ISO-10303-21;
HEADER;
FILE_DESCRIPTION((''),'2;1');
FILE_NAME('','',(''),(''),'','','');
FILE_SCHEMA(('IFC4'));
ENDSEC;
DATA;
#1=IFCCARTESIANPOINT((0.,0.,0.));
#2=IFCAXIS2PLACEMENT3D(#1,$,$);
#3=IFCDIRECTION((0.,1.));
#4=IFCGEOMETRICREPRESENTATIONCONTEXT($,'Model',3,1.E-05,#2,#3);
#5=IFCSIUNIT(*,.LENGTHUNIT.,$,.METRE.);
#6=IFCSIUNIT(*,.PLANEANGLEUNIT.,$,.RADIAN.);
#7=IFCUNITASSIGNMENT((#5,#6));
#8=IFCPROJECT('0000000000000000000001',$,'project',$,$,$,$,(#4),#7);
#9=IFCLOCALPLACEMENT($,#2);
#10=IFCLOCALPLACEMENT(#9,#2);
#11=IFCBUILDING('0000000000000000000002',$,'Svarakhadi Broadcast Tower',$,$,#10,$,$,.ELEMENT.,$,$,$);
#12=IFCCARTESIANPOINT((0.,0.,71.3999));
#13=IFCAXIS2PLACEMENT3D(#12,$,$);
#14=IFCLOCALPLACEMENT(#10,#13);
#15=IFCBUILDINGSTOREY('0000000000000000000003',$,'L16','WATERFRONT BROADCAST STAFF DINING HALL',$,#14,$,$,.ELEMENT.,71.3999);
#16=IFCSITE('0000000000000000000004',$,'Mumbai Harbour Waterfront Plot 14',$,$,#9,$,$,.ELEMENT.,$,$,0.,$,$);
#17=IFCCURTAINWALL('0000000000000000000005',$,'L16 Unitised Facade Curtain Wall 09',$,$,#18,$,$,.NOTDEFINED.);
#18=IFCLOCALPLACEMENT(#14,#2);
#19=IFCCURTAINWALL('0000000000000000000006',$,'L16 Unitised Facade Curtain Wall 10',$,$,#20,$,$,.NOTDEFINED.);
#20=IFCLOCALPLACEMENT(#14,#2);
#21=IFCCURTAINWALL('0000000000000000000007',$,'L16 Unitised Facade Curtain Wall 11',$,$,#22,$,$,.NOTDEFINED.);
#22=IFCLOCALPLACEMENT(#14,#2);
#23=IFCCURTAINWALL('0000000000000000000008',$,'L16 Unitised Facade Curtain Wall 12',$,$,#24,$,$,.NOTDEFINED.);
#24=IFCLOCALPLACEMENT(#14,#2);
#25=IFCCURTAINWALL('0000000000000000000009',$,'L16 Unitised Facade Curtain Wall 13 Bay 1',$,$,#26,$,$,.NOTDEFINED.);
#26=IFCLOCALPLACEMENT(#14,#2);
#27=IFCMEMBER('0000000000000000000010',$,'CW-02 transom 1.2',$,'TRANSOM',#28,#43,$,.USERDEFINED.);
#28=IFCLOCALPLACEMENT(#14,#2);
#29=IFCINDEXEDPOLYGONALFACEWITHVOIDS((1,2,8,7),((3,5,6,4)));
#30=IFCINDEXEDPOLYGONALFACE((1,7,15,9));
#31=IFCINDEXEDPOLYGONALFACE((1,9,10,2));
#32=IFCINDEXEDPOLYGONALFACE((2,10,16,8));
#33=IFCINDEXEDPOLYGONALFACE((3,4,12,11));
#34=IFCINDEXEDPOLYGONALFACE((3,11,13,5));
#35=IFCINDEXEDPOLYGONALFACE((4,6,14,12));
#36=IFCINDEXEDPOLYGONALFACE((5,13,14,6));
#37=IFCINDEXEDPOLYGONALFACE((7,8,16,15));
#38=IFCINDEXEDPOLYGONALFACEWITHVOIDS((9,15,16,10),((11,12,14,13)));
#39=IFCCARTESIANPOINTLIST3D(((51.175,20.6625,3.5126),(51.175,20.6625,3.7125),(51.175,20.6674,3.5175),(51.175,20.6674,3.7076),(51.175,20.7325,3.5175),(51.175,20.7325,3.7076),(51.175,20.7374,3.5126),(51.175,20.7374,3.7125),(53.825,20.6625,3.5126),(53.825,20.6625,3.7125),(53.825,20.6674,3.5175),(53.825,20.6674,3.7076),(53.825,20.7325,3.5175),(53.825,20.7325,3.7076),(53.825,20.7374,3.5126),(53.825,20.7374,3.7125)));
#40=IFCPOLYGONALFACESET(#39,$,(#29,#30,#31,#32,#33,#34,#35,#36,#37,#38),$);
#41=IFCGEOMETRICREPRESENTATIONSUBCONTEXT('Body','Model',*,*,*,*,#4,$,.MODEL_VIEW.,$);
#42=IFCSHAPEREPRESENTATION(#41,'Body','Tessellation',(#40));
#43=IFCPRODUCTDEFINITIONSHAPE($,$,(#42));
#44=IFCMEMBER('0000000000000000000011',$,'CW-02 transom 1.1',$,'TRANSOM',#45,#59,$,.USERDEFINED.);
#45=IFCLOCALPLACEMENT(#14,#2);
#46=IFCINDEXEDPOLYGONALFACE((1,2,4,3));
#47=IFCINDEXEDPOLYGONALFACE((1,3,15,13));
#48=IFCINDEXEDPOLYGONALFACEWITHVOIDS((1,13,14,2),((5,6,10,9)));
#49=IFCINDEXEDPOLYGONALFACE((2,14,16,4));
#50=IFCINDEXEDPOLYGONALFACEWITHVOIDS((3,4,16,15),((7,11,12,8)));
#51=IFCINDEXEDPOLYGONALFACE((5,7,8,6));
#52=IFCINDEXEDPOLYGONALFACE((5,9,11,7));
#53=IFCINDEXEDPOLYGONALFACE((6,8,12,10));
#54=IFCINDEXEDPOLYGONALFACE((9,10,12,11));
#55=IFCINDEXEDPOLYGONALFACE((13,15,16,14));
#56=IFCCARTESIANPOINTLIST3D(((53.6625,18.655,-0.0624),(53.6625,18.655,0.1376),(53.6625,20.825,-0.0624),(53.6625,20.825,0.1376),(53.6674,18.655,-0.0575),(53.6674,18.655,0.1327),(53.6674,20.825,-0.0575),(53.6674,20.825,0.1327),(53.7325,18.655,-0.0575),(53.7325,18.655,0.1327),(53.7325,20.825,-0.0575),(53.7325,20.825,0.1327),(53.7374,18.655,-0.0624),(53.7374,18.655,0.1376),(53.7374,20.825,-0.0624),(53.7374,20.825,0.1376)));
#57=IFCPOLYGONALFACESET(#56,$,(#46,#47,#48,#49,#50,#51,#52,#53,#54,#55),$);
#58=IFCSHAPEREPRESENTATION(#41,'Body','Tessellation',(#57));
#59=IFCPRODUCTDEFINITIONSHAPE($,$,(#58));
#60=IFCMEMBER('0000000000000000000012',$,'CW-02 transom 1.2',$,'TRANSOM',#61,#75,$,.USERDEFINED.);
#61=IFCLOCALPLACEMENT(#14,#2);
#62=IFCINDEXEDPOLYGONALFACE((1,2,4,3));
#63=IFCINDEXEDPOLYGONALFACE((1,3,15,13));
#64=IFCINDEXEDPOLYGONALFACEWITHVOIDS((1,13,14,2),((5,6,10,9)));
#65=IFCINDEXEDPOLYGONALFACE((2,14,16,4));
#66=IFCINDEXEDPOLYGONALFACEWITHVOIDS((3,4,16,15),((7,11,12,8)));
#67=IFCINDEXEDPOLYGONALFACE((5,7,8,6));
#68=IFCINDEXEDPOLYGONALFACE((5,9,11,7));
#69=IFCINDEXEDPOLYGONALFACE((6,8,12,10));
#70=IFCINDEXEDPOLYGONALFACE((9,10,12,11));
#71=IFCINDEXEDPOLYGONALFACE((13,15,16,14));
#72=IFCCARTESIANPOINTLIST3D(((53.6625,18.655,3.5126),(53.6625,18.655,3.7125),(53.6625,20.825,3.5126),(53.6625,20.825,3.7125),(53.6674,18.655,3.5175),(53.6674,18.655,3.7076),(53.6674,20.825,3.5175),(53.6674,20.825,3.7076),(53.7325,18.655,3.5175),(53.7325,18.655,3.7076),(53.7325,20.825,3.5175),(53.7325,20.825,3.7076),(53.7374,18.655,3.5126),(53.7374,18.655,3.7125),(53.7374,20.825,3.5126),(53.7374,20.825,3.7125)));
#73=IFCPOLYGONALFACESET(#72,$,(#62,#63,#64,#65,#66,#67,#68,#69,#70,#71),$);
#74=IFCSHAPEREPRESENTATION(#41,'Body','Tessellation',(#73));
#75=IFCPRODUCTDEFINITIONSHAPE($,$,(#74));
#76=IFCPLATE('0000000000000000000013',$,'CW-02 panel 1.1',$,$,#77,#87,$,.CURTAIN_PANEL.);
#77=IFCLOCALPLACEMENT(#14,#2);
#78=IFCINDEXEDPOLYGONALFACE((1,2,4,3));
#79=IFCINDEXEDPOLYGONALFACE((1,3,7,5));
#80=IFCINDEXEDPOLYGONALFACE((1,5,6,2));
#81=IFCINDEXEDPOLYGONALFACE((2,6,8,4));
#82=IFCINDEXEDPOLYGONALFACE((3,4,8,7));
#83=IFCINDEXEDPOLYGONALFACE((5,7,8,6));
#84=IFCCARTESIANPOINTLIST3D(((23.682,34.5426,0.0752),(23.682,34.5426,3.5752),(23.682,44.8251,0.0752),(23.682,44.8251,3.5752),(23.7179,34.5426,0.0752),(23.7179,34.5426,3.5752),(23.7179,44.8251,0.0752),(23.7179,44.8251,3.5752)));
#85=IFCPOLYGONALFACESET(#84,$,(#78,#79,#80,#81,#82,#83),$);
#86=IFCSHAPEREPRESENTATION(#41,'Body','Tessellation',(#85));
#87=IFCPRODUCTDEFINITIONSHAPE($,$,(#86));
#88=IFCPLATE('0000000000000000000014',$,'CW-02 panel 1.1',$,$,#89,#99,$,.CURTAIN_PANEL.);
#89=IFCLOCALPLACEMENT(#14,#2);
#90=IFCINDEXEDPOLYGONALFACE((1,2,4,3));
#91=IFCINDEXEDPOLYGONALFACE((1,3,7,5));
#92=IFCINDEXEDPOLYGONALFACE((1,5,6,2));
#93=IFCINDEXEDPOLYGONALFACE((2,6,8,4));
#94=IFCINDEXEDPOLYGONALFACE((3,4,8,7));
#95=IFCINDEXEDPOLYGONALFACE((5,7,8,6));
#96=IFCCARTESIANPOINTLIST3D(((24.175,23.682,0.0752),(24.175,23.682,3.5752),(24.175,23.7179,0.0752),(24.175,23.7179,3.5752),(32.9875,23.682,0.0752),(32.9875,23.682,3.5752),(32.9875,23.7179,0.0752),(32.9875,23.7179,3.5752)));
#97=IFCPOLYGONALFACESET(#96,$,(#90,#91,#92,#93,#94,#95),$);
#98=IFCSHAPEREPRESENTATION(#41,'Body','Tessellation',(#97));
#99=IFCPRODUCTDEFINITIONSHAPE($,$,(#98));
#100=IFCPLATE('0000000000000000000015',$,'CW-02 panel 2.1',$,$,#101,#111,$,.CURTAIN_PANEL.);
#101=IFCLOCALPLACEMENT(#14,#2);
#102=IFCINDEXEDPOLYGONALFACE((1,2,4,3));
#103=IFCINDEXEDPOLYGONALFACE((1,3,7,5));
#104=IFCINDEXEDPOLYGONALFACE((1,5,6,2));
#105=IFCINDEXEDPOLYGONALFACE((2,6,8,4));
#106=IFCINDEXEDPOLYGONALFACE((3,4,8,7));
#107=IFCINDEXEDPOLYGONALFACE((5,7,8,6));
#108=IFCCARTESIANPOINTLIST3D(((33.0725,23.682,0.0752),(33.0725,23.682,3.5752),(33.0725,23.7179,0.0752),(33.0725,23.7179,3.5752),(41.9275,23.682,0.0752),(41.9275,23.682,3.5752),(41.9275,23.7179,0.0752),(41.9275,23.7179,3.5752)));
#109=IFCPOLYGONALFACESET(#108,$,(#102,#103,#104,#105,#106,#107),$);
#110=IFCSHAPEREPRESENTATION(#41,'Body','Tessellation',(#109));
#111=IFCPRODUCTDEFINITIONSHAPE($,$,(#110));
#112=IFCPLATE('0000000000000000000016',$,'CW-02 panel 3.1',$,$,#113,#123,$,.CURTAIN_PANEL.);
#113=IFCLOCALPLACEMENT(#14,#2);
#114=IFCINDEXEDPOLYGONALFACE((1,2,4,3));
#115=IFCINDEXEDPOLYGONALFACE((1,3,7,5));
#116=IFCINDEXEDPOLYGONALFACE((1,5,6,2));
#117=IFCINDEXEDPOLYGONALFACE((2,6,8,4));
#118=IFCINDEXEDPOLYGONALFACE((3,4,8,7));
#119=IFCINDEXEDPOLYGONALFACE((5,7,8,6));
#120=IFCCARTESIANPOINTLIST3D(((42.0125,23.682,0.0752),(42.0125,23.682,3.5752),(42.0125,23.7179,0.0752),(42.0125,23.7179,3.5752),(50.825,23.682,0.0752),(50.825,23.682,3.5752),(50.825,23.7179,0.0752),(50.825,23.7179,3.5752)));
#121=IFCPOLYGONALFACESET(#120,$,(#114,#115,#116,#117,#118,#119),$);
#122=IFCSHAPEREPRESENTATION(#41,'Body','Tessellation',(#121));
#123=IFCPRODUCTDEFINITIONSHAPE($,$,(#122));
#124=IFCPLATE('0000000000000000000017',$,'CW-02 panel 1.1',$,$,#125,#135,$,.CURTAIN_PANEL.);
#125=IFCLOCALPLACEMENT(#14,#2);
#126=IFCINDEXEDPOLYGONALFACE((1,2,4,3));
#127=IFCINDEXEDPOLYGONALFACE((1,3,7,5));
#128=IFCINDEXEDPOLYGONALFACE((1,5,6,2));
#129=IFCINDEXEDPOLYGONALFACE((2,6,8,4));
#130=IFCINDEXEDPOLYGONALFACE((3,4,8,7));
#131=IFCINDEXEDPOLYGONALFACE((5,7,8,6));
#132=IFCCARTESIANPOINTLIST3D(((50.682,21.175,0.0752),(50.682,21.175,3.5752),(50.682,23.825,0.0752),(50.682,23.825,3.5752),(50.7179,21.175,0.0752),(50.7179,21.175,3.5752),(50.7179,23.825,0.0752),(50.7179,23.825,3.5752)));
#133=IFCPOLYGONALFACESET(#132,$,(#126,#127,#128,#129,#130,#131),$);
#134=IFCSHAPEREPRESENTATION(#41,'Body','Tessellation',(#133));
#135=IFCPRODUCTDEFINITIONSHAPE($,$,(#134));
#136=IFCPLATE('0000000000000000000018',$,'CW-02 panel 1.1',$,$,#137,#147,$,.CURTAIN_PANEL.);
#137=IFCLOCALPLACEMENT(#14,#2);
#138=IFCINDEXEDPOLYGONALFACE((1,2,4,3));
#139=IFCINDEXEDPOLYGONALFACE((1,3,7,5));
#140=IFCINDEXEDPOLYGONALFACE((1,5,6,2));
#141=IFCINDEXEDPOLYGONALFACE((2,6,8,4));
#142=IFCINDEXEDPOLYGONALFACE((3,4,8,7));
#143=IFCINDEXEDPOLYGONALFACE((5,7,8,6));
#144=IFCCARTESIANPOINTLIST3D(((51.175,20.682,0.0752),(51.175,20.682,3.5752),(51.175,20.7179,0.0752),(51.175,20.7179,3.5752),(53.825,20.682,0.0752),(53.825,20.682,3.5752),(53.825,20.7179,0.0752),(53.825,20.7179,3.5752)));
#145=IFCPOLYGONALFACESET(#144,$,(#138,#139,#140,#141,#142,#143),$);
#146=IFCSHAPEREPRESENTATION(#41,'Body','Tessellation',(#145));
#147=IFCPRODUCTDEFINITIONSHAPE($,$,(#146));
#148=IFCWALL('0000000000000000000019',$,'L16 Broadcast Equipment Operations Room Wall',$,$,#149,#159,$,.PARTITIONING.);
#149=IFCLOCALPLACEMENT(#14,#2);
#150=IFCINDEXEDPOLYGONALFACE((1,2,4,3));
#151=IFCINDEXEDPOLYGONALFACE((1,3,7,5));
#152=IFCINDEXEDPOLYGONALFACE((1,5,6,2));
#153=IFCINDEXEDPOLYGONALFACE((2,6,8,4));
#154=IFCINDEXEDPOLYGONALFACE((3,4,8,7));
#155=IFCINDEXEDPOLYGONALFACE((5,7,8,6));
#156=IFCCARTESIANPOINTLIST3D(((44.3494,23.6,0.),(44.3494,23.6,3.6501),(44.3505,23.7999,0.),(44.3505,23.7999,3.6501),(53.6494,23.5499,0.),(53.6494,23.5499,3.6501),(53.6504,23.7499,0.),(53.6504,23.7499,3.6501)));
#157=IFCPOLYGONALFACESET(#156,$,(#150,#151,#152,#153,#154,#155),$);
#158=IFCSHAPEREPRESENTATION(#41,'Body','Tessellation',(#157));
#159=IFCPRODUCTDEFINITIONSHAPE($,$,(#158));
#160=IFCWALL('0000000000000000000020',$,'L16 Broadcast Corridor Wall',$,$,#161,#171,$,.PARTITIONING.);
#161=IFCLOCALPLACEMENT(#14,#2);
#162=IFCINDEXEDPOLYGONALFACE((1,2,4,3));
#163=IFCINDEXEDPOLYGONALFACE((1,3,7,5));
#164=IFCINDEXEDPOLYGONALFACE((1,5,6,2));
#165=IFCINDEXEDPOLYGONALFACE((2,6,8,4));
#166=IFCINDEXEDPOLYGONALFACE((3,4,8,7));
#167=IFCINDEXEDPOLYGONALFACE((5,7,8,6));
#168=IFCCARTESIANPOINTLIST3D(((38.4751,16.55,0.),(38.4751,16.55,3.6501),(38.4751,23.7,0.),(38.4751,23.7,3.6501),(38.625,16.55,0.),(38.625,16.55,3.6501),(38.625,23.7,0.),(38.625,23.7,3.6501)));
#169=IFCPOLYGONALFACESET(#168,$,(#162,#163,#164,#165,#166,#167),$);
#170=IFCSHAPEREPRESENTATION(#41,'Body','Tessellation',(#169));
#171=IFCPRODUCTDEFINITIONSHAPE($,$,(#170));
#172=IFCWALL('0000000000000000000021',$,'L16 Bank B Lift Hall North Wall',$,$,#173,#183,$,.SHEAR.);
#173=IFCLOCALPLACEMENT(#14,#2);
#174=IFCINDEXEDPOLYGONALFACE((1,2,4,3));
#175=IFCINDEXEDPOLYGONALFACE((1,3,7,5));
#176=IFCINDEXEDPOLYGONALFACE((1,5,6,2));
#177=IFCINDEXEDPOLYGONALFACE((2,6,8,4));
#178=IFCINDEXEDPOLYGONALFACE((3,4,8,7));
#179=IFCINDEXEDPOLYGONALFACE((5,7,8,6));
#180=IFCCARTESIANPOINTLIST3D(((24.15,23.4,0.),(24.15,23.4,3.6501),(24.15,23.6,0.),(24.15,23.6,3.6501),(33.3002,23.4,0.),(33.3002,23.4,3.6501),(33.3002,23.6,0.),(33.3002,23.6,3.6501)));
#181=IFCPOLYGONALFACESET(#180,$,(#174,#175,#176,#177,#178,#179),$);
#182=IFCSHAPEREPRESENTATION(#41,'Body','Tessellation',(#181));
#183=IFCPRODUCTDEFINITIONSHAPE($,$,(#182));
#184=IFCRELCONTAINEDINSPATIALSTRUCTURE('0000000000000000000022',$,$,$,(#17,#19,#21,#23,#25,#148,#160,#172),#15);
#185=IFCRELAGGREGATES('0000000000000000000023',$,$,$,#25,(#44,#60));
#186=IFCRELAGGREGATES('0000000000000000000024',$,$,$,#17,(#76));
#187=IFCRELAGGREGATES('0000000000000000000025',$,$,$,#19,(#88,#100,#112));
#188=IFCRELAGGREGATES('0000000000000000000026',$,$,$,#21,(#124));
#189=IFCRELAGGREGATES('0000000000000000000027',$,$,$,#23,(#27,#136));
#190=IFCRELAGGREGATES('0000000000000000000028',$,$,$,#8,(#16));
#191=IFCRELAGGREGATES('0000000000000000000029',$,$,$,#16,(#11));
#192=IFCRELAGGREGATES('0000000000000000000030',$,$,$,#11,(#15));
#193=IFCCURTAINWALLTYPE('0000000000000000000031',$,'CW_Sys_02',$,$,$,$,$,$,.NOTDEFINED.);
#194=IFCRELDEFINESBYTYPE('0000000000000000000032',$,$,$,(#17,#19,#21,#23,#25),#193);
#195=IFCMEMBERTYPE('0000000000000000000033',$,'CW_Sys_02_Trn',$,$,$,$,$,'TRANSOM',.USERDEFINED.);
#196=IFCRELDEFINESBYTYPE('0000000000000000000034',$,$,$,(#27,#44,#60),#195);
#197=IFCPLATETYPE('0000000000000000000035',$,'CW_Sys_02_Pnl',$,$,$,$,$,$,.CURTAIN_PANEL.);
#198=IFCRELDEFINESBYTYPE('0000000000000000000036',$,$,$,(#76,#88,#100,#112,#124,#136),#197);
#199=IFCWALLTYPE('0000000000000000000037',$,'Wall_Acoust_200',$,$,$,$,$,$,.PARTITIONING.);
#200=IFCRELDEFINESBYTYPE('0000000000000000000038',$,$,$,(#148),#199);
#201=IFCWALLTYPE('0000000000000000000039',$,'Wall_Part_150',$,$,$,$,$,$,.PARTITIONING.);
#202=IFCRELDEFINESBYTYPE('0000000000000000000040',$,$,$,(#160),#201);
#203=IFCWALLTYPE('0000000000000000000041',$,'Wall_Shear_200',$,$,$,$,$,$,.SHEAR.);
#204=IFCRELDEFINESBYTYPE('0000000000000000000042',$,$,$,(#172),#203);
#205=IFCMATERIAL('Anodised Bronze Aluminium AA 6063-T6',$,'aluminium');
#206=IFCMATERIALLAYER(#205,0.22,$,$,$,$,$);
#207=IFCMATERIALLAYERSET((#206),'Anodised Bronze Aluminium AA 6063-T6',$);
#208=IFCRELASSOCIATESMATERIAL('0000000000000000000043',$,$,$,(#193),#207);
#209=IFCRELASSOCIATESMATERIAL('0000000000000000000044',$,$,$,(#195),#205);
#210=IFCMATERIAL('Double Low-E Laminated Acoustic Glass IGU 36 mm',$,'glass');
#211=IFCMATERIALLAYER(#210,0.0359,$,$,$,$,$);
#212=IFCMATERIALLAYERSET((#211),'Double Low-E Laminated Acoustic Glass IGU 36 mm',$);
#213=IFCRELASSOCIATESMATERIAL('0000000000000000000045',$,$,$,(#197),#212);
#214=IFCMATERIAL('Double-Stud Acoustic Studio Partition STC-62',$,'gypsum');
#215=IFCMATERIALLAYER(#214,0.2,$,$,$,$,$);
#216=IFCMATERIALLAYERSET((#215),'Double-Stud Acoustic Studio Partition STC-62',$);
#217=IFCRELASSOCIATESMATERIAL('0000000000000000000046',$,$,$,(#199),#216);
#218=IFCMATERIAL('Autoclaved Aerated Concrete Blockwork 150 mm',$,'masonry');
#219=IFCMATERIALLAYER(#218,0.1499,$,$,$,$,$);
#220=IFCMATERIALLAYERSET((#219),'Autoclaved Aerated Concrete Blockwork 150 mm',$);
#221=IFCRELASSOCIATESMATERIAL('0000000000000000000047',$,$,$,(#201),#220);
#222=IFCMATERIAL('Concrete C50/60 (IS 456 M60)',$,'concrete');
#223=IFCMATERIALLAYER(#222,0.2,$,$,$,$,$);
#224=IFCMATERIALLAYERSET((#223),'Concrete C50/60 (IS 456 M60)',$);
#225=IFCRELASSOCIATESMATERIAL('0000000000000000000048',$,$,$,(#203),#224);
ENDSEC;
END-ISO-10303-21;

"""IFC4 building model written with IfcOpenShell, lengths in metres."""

from ifc_helpers import new_model, si_unit, direction, frame, frame_2d, origin, origin_2d, place, context, subcontext, project, spatial, rectangle, hollow_rectangle, extrude, material, layer, layer_set, material_profile, profile_set, type_object, element, aggregate, save


model = new_model("IFC4")

# Units and contexts
model_context = context("Model", 3, precision=1e-05, world=origin(), true_north=direction((0.0, 1.0)))
body_context = subcontext(model_context, "Body", "Model", "MODEL_VIEW")
ifc_project = project(units=[si_unit("LENGTHUNIT", "METRE"), si_unit("PLANEANGLEUNIT", "RADIAN")], contexts=[model_context])

# Site, building, storey
site_placement = place(None, origin())
site = spatial("IfcSite", under=ifc_project, at=site_placement, Name="Mumbai Harbour Waterfront Plot 14", CompositionType="ELEMENT", RefElevation=0.0)
building_placement = place(site_placement, origin())
building = spatial("IfcBuilding", under=site, at=building_placement, Name="Svarakhadi Broadcast Tower", CompositionType="ELEMENT")
storey_placement = place(building_placement, frame((0.0, 0.0, 71.3999)))
storey = spatial("IfcBuildingStorey", under=building, at=storey_placement, Name="L16", Description="WATERFRONT BROADCAST STAFF DINING HALL", CompositionType="ELEMENT", Elevation=71.3999)

# Curtain wall
ifc_material_1 = material(Name="Anodised Bronze Aluminium AA 6063-T6", Category="aluminium")
ifc_layer_1 = layer(ifc_material_1, 0.22)
ifc_layer_set_1 = layer_set([ifc_layer_1], Name="Anodised Bronze Aluminium AA 6063-T6")
curtain_wall_type = type_object("IfcCurtainWallType", Name="CW_Sys_02", PredefinedType="NOTDEFINED", material=ifc_layer_set_1)
curtain_wall_1_placement = place(storey_placement, origin())
curtain_wall_1 = element("IfcCurtainWall", 1, at=curtain_wall_1_placement, inside=storey, type_object=curtain_wall_type, Name="L16 Unitised Facade Curtain Wall 09", PredefinedType="NOTDEFINED")

# Curtain walls
curtain_wall_2_placement = place(storey_placement, origin())
curtain_wall_2 = element("IfcCurtainWall", 2, at=curtain_wall_2_placement, inside=storey, type_object=curtain_wall_type, Name="L16 Unitised Facade Curtain Wall 10", PredefinedType="NOTDEFINED")
curtain_wall_3_placement = place(storey_placement, origin())
curtain_wall_3 = element("IfcCurtainWall", 3, at=curtain_wall_3_placement, inside=storey, type_object=curtain_wall_type, Name="L16 Unitised Facade Curtain Wall 11", PredefinedType="NOTDEFINED")
curtain_wall_4_placement = place(storey_placement, origin())
curtain_wall_4 = element("IfcCurtainWall", 4, at=curtain_wall_4_placement, inside=storey, type_object=curtain_wall_type, Name="L16 Unitised Facade Curtain Wall 12", PredefinedType="NOTDEFINED")

# Curtain wall
curtain_wall_5_placement = place(storey_placement, origin())
curtain_wall_5 = element("IfcCurtainWall", 5, at=curtain_wall_5_placement, inside=storey, type_object=curtain_wall_type, Name="L16 Unitised Facade Curtain Wall 13 Bay 1", PredefinedType="NOTDEFINED")

# Members
ifc_material_profile_1 = material_profile(ifc_material_1, hollow_rectangle(XDim=0.075, YDim=0.2, WallThickness=0.0049, at=origin_2d()), Name="ALU TRANSOM 200x75x5")
ifc_profile_set_1 = profile_set([ifc_material_profile_1], Name="Anodised Bronze Aluminium AA 6063-T6")
member_type_1 = type_object("IfcMemberType", Name="CW_Sys_02_Trn", ElementType="TRANSOM", PredefinedType="USERDEFINED", material=ifc_profile_set_1)
member_1_placement = place(storey_placement, frame((51.175, 20.7, 3.6125), z_axis=(1.0, 0.0, 0.0), x_axis=(0.0, 1.0, 0.0)))
member_1 = element("IfcMember", 6, at=member_1_placement, type_object=member_type_1, Name="CW-02 transom 1.2", ObjectType="TRANSOM", PredefinedType="USERDEFINED", context=body_context, shape_type="SweptSolid", body=[
    extrude(hollow_rectangle(XDim=0.075, YDim=0.2, WallThickness=0.0049, at=origin_2d()), origin(), (0.0, 0.0, 1.0), 2.6499),
])
member_2_placement = place(storey_placement, frame((53.7, 20.825, 0.0376), z_axis=(0.0, -1.0, 0.0), x_axis=(1.0, 0.0, 0.0)))
member_2 = element("IfcMember", 7, at=member_2_placement, type_object=member_type_1, Name="CW-02 transom 1.1", ObjectType="TRANSOM", PredefinedType="USERDEFINED", context=body_context, shape_type="SweptSolid", body=[
    extrude(hollow_rectangle(XDim=0.075, YDim=0.2, WallThickness=0.0049, at=origin_2d()), origin(), (0.0, 0.0, 1.0), 2.1699),
])
member_3_placement = place(storey_placement, frame((53.7, 20.825, 3.6125), z_axis=(0.0, -1.0, 0.0), x_axis=(1.0, 0.0, 0.0)))
member_3 = element("IfcMember", 8, at=member_3_placement, type_object=member_type_1, Name="CW-02 transom 1.2", ObjectType="TRANSOM", PredefinedType="USERDEFINED", context=body_context, shape_type="SweptSolid", body=[
    extrude(hollow_rectangle(XDim=0.075, YDim=0.2, WallThickness=0.0049, at=origin_2d()), origin(), (0.0, 0.0, 1.0), 2.1699),
])
aggregate(curtain_wall_5, [member_2, member_3])

# Plates
ifc_material_2 = material(Name="Double Low-E Laminated Acoustic Glass IGU 36 mm", Category="glass")
ifc_layer_2 = layer(ifc_material_2, 0.0359)
ifc_layer_set_2 = layer_set([ifc_layer_2], Name="Double Low-E Laminated Acoustic Glass IGU 36 mm")
plate_type = type_object("IfcPlateType", Name="CW_Sys_02_Pnl", PredefinedType="CURTAIN_PANEL", material=ifc_layer_set_2)
plate_1_placement = place(storey_placement, frame((23.7, 39.6838, 0.0752), z_axis=(0.0, 0.0, 1.0), x_axis=(0.0, -1.0, 0.0)))
plate_1 = element("IfcPlate", 9, at=plate_1_placement, type_object=plate_type, Name="CW-02 panel 1.1", PredefinedType="CURTAIN_PANEL", context=body_context, shape_type="SweptSolid", body=[
    extrude(rectangle(XDim=10.2825, YDim=0.0359, at=origin_2d()), origin(), (0.0, 0.0, 1.0), 3.5),
])
aggregate(curtain_wall_1, [plate_1])
plate_2_placement = place(storey_placement, frame((28.5813, 23.7, 0.0752), z_axis=(0.0, 0.0, 1.0), x_axis=(1.0, 0.0, 0.0)))
plate_2 = element("IfcPlate", 10, at=plate_2_placement, type_object=plate_type, Name="CW-02 panel 1.1", PredefinedType="CURTAIN_PANEL", context=body_context, shape_type="SweptSolid", body=[
    extrude(rectangle(XDim=8.8125, YDim=0.0359, at=origin_2d()), origin(), (0.0, 0.0, 1.0), 3.5),
])
plate_3_placement = place(storey_placement, frame((37.5, 23.7, 0.0752), z_axis=(0.0, 0.0, 1.0), x_axis=(1.0, 0.0, 0.0)))
plate_3 = element("IfcPlate", 11, at=plate_3_placement, type_object=plate_type, Name="CW-02 panel 2.1", PredefinedType="CURTAIN_PANEL", context=body_context, shape_type="SweptSolid", body=[
    extrude(rectangle(XDim=8.855, YDim=0.0359, at=origin_2d()), origin(), (0.0, 0.0, 1.0), 3.5),
])
plate_4_placement = place(storey_placement, frame((46.4187, 23.7, 0.0752), z_axis=(0.0, 0.0, 1.0), x_axis=(1.0, 0.0, 0.0)))
plate_4 = element("IfcPlate", 12, at=plate_4_placement, type_object=plate_type, Name="CW-02 panel 3.1", PredefinedType="CURTAIN_PANEL", context=body_context, shape_type="SweptSolid", body=[
    extrude(rectangle(XDim=8.8125, YDim=0.0359, at=origin_2d()), origin(), (0.0, 0.0, 1.0), 3.5),
])
aggregate(curtain_wall_2, [plate_2, plate_3, plate_4])
plate_5_placement = place(storey_placement, frame((50.7, 22.5, 0.0752), z_axis=(0.0, 0.0, 1.0), x_axis=(0.0, -1.0, 0.0)))
plate_5 = element("IfcPlate", 13, at=plate_5_placement, type_object=plate_type, Name="CW-02 panel 1.1", PredefinedType="CURTAIN_PANEL", context=body_context, shape_type="SweptSolid", body=[
    extrude(rectangle(XDim=2.6499, YDim=0.0359, at=origin_2d()), origin(), (0.0, 0.0, 1.0), 3.5),
])
aggregate(curtain_wall_3, [plate_5])
plate_6_placement = place(storey_placement, frame((52.5, 20.7, 0.0752), z_axis=(0.0, 0.0, 1.0), x_axis=(1.0, 0.0, 0.0)))
plate_6 = element("IfcPlate", 14, at=plate_6_placement, type_object=plate_type, Name="CW-02 panel 1.1", PredefinedType="CURTAIN_PANEL", context=body_context, shape_type="SweptSolid", body=[
    extrude(rectangle(XDim=2.6499, YDim=0.0359, at=origin_2d()), origin(), (0.0, 0.0, 1.0), 3.5),
])
aggregate(curtain_wall_4, [member_1, plate_6])

# Walls
ifc_material_3 = material(Name="Double-Stud Acoustic Studio Partition STC-62", Category="gypsum")
ifc_layer_3 = layer(ifc_material_3, 0.2)
ifc_layer_set_3 = layer_set([ifc_layer_3], Name="Double-Stud Acoustic Studio Partition STC-62")
wall_type_1 = type_object("IfcWallType", Name="Wall_Acoust_200", PredefinedType="PARTITIONING", material=ifc_layer_set_3)
wall_1_placement = place(storey_placement, frame((44.3501, 23.7, 0.0), z_axis=(0.0, 0.0, 1.0), x_axis=(0.999986, -0.005382, 0.0)))
element("IfcWall", 15, at=wall_1_placement, inside=storey, type_object=wall_type_1, Name="L16 Broadcast Equipment Operations Room Wall", PredefinedType="PARTITIONING", context=body_context, shape_type="SweptSolid", body=[
    extrude(rectangle(XDim=9.3, YDim=0.2, at=frame_2d((4.6499, 0.0))), origin(), (0.0, 0.0, 1.0), 3.6501),
])
ifc_material_4 = material(Name="Autoclaved Aerated Concrete Blockwork 150 mm", Category="masonry")
ifc_layer_4 = layer(ifc_material_4, 0.1499)
ifc_layer_set_4 = layer_set([ifc_layer_4], Name="Autoclaved Aerated Concrete Blockwork 150 mm")
wall_type_2 = type_object("IfcWallType", Name="Wall_Part_150", PredefinedType="PARTITIONING", material=ifc_layer_set_4)
wall_2_placement = place(storey_placement, frame((38.55, 23.7, 0.0), z_axis=(0.0, 0.0, 1.0), x_axis=(0.0, -1.0, 0.0)))
element("IfcWall", 16, at=wall_2_placement, inside=storey, type_object=wall_type_2, Name="L16 Broadcast Corridor Wall", PredefinedType="PARTITIONING", context=body_context, shape_type="SweptSolid", body=[
    extrude(rectangle(XDim=7.1499, YDim=0.1499, at=frame_2d((3.575, 0.0))), origin(), (0.0, 0.0, 1.0), 3.6501),
])
ifc_material_5 = material(Name="Concrete C50/60 (IS 456 M60)", Category="concrete")
ifc_layer_5 = layer(ifc_material_5, 0.2)
ifc_layer_set_5 = layer_set([ifc_layer_5], Name="Concrete C50/60 (IS 456 M60)")
wall_type_3 = type_object("IfcWallType", Name="Wall_Shear_200", PredefinedType="SHEAR", material=ifc_layer_set_5)
wall_3_placement = place(storey_placement, frame((24.1499, 23.5, 0.0), z_axis=(0.0, 0.0, 1.0), x_axis=(1.0, 0.0, 0.0)))
element("IfcWall", 17, at=wall_3_placement, inside=storey, type_object=wall_type_3, Name="L16 Bank B Lift Hall North Wall", PredefinedType="SHEAR", context=body_context, shape_type="SweptSolid", body=[
    extrude(rectangle(XDim=9.1501, YDim=0.2, at=frame_2d((4.5752, 0.0))), origin(), (0.0, 0.0, 1.0), 3.6501),
])

save(model, "model.ifc")
